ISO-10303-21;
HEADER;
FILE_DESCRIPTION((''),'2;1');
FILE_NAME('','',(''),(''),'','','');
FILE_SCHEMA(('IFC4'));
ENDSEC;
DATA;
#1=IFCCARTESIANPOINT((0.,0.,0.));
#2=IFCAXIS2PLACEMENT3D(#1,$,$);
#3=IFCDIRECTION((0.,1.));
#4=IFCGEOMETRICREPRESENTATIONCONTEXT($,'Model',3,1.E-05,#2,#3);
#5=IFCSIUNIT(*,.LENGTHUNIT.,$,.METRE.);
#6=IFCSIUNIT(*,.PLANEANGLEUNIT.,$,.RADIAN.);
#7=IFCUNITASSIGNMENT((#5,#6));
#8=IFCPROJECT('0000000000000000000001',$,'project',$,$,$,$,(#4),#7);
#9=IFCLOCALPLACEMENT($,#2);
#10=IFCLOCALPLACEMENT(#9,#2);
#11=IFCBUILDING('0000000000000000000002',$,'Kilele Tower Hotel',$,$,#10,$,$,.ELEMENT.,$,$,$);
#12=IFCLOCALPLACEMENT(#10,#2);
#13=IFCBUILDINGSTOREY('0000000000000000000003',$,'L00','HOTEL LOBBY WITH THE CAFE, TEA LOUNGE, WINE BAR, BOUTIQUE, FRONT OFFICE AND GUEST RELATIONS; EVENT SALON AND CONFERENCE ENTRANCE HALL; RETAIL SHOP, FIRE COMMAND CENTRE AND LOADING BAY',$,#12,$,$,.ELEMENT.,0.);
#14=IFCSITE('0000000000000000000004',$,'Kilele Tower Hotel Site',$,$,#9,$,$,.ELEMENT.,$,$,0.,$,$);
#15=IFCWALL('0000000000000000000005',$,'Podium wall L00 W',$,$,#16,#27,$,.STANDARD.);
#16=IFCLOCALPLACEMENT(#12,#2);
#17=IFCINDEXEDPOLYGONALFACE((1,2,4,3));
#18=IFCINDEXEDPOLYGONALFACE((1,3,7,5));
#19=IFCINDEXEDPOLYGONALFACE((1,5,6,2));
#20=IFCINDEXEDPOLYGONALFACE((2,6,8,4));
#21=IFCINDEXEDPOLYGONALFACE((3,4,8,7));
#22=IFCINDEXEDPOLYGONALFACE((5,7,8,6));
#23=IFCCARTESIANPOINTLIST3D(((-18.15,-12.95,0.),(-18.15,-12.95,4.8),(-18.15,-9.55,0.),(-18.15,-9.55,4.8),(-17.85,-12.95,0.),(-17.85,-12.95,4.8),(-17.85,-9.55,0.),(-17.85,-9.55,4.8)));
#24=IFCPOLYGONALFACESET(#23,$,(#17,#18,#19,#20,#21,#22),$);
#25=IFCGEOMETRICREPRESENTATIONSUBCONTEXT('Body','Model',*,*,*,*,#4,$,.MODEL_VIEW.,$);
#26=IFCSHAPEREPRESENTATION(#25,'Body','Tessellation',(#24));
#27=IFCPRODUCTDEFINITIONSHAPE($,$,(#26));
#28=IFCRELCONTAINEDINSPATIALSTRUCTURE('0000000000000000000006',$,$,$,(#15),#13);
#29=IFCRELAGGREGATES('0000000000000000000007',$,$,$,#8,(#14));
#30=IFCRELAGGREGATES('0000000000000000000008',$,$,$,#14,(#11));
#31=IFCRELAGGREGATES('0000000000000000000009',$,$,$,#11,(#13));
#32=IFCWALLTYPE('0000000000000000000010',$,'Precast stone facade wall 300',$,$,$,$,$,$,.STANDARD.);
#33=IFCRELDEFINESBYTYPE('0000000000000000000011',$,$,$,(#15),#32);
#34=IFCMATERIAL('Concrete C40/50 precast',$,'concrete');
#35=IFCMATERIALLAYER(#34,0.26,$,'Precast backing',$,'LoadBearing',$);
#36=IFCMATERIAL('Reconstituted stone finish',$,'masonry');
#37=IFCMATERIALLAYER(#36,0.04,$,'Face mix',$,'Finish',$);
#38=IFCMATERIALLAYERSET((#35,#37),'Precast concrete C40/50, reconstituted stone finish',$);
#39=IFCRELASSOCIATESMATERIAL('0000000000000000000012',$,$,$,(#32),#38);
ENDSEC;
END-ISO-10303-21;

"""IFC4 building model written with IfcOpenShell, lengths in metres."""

from ifc_helpers import new_model, si_unit, direction, frame, frame_2d, origin, place, context, subcontext, project, spatial, rectangle, extrude, material, layer, layer_set, type_object, element, save


model = new_model("IFC4")

# Units and contexts
model_context = context("Model", 3, precision=1e-05, world=origin(), true_north=direction((0.0, 1.0)))
body_context = subcontext(model_context, "Body", "Model", "MODEL_VIEW")
ifc_project = project(units=[si_unit("LENGTHUNIT", "METRE"), si_unit("PLANEANGLEUNIT", "RADIAN")], contexts=[model_context])

# Site, building, storey
site_placement = place(None, origin())
site = spatial("IfcSite", under=ifc_project, at=site_placement, Name="Kilele Tower Hotel Site", CompositionType="ELEMENT", RefElevation=0.0)
building_placement = place(site_placement, origin())
building = spatial("IfcBuilding", under=site, at=building_placement, Name="Kilele Tower Hotel", CompositionType="ELEMENT")
storey_placement = place(building_placement, origin())
storey = spatial("IfcBuildingStorey", under=building, at=storey_placement, Name="L00", Description="HOTEL LOBBY WITH THE CAFE, TEA LOUNGE, WINE BAR, BOUTIQUE, FRONT OFFICE AND GUEST RELATIONS; EVENT SALON AND CONFERENCE ENTRANCE HALL; RETAIL SHOP, FIRE COMMAND CENTRE AND LOADING BAY", CompositionType="ELEMENT", Elevation=0.0)

# Shared definitions
ifc_material_1 = material(Name="Concrete C40/50 precast", Category="concrete")
ifc_layer_1 = layer(ifc_material_1, 0.26, Name="Precast backing", Category="LoadBearing")
ifc_material_2 = material(Name="Reconstituted stone finish", Category="masonry")
ifc_layer_2 = layer(ifc_material_2, 0.04, Name="Face mix", Category="Finish")
ifc_layer_set_1 = layer_set([ifc_layer_1, ifc_layer_2], Name="Precast concrete C40/50, reconstituted stone finish")
wall_type_1 = type_object("IfcWallType", Name="Precast stone facade wall 300", PredefinedType="STANDARD", material=ifc_layer_set_1)

# Wall
wall_1_placement = place(storey_placement, frame((-18.0, -9.55, 0.0), z_axis=(0.0, 0.0, 1.0), x_axis=(0.0, -1.0, 0.0)))
element("IfcWall", 1, at=wall_1_placement, inside=storey, type_object=wall_type_1, Name="Podium wall L00 W", PredefinedType="STANDARD", context=body_context, shape_type="SweptSolid", body=[
    extrude(rectangle(XDim=3.3999, YDim=0.3, at=frame_2d((1.7, 0.0))), origin(), (0.0, 0.0, 1.0), 4.8),
])

save(model, "model.ifc")
